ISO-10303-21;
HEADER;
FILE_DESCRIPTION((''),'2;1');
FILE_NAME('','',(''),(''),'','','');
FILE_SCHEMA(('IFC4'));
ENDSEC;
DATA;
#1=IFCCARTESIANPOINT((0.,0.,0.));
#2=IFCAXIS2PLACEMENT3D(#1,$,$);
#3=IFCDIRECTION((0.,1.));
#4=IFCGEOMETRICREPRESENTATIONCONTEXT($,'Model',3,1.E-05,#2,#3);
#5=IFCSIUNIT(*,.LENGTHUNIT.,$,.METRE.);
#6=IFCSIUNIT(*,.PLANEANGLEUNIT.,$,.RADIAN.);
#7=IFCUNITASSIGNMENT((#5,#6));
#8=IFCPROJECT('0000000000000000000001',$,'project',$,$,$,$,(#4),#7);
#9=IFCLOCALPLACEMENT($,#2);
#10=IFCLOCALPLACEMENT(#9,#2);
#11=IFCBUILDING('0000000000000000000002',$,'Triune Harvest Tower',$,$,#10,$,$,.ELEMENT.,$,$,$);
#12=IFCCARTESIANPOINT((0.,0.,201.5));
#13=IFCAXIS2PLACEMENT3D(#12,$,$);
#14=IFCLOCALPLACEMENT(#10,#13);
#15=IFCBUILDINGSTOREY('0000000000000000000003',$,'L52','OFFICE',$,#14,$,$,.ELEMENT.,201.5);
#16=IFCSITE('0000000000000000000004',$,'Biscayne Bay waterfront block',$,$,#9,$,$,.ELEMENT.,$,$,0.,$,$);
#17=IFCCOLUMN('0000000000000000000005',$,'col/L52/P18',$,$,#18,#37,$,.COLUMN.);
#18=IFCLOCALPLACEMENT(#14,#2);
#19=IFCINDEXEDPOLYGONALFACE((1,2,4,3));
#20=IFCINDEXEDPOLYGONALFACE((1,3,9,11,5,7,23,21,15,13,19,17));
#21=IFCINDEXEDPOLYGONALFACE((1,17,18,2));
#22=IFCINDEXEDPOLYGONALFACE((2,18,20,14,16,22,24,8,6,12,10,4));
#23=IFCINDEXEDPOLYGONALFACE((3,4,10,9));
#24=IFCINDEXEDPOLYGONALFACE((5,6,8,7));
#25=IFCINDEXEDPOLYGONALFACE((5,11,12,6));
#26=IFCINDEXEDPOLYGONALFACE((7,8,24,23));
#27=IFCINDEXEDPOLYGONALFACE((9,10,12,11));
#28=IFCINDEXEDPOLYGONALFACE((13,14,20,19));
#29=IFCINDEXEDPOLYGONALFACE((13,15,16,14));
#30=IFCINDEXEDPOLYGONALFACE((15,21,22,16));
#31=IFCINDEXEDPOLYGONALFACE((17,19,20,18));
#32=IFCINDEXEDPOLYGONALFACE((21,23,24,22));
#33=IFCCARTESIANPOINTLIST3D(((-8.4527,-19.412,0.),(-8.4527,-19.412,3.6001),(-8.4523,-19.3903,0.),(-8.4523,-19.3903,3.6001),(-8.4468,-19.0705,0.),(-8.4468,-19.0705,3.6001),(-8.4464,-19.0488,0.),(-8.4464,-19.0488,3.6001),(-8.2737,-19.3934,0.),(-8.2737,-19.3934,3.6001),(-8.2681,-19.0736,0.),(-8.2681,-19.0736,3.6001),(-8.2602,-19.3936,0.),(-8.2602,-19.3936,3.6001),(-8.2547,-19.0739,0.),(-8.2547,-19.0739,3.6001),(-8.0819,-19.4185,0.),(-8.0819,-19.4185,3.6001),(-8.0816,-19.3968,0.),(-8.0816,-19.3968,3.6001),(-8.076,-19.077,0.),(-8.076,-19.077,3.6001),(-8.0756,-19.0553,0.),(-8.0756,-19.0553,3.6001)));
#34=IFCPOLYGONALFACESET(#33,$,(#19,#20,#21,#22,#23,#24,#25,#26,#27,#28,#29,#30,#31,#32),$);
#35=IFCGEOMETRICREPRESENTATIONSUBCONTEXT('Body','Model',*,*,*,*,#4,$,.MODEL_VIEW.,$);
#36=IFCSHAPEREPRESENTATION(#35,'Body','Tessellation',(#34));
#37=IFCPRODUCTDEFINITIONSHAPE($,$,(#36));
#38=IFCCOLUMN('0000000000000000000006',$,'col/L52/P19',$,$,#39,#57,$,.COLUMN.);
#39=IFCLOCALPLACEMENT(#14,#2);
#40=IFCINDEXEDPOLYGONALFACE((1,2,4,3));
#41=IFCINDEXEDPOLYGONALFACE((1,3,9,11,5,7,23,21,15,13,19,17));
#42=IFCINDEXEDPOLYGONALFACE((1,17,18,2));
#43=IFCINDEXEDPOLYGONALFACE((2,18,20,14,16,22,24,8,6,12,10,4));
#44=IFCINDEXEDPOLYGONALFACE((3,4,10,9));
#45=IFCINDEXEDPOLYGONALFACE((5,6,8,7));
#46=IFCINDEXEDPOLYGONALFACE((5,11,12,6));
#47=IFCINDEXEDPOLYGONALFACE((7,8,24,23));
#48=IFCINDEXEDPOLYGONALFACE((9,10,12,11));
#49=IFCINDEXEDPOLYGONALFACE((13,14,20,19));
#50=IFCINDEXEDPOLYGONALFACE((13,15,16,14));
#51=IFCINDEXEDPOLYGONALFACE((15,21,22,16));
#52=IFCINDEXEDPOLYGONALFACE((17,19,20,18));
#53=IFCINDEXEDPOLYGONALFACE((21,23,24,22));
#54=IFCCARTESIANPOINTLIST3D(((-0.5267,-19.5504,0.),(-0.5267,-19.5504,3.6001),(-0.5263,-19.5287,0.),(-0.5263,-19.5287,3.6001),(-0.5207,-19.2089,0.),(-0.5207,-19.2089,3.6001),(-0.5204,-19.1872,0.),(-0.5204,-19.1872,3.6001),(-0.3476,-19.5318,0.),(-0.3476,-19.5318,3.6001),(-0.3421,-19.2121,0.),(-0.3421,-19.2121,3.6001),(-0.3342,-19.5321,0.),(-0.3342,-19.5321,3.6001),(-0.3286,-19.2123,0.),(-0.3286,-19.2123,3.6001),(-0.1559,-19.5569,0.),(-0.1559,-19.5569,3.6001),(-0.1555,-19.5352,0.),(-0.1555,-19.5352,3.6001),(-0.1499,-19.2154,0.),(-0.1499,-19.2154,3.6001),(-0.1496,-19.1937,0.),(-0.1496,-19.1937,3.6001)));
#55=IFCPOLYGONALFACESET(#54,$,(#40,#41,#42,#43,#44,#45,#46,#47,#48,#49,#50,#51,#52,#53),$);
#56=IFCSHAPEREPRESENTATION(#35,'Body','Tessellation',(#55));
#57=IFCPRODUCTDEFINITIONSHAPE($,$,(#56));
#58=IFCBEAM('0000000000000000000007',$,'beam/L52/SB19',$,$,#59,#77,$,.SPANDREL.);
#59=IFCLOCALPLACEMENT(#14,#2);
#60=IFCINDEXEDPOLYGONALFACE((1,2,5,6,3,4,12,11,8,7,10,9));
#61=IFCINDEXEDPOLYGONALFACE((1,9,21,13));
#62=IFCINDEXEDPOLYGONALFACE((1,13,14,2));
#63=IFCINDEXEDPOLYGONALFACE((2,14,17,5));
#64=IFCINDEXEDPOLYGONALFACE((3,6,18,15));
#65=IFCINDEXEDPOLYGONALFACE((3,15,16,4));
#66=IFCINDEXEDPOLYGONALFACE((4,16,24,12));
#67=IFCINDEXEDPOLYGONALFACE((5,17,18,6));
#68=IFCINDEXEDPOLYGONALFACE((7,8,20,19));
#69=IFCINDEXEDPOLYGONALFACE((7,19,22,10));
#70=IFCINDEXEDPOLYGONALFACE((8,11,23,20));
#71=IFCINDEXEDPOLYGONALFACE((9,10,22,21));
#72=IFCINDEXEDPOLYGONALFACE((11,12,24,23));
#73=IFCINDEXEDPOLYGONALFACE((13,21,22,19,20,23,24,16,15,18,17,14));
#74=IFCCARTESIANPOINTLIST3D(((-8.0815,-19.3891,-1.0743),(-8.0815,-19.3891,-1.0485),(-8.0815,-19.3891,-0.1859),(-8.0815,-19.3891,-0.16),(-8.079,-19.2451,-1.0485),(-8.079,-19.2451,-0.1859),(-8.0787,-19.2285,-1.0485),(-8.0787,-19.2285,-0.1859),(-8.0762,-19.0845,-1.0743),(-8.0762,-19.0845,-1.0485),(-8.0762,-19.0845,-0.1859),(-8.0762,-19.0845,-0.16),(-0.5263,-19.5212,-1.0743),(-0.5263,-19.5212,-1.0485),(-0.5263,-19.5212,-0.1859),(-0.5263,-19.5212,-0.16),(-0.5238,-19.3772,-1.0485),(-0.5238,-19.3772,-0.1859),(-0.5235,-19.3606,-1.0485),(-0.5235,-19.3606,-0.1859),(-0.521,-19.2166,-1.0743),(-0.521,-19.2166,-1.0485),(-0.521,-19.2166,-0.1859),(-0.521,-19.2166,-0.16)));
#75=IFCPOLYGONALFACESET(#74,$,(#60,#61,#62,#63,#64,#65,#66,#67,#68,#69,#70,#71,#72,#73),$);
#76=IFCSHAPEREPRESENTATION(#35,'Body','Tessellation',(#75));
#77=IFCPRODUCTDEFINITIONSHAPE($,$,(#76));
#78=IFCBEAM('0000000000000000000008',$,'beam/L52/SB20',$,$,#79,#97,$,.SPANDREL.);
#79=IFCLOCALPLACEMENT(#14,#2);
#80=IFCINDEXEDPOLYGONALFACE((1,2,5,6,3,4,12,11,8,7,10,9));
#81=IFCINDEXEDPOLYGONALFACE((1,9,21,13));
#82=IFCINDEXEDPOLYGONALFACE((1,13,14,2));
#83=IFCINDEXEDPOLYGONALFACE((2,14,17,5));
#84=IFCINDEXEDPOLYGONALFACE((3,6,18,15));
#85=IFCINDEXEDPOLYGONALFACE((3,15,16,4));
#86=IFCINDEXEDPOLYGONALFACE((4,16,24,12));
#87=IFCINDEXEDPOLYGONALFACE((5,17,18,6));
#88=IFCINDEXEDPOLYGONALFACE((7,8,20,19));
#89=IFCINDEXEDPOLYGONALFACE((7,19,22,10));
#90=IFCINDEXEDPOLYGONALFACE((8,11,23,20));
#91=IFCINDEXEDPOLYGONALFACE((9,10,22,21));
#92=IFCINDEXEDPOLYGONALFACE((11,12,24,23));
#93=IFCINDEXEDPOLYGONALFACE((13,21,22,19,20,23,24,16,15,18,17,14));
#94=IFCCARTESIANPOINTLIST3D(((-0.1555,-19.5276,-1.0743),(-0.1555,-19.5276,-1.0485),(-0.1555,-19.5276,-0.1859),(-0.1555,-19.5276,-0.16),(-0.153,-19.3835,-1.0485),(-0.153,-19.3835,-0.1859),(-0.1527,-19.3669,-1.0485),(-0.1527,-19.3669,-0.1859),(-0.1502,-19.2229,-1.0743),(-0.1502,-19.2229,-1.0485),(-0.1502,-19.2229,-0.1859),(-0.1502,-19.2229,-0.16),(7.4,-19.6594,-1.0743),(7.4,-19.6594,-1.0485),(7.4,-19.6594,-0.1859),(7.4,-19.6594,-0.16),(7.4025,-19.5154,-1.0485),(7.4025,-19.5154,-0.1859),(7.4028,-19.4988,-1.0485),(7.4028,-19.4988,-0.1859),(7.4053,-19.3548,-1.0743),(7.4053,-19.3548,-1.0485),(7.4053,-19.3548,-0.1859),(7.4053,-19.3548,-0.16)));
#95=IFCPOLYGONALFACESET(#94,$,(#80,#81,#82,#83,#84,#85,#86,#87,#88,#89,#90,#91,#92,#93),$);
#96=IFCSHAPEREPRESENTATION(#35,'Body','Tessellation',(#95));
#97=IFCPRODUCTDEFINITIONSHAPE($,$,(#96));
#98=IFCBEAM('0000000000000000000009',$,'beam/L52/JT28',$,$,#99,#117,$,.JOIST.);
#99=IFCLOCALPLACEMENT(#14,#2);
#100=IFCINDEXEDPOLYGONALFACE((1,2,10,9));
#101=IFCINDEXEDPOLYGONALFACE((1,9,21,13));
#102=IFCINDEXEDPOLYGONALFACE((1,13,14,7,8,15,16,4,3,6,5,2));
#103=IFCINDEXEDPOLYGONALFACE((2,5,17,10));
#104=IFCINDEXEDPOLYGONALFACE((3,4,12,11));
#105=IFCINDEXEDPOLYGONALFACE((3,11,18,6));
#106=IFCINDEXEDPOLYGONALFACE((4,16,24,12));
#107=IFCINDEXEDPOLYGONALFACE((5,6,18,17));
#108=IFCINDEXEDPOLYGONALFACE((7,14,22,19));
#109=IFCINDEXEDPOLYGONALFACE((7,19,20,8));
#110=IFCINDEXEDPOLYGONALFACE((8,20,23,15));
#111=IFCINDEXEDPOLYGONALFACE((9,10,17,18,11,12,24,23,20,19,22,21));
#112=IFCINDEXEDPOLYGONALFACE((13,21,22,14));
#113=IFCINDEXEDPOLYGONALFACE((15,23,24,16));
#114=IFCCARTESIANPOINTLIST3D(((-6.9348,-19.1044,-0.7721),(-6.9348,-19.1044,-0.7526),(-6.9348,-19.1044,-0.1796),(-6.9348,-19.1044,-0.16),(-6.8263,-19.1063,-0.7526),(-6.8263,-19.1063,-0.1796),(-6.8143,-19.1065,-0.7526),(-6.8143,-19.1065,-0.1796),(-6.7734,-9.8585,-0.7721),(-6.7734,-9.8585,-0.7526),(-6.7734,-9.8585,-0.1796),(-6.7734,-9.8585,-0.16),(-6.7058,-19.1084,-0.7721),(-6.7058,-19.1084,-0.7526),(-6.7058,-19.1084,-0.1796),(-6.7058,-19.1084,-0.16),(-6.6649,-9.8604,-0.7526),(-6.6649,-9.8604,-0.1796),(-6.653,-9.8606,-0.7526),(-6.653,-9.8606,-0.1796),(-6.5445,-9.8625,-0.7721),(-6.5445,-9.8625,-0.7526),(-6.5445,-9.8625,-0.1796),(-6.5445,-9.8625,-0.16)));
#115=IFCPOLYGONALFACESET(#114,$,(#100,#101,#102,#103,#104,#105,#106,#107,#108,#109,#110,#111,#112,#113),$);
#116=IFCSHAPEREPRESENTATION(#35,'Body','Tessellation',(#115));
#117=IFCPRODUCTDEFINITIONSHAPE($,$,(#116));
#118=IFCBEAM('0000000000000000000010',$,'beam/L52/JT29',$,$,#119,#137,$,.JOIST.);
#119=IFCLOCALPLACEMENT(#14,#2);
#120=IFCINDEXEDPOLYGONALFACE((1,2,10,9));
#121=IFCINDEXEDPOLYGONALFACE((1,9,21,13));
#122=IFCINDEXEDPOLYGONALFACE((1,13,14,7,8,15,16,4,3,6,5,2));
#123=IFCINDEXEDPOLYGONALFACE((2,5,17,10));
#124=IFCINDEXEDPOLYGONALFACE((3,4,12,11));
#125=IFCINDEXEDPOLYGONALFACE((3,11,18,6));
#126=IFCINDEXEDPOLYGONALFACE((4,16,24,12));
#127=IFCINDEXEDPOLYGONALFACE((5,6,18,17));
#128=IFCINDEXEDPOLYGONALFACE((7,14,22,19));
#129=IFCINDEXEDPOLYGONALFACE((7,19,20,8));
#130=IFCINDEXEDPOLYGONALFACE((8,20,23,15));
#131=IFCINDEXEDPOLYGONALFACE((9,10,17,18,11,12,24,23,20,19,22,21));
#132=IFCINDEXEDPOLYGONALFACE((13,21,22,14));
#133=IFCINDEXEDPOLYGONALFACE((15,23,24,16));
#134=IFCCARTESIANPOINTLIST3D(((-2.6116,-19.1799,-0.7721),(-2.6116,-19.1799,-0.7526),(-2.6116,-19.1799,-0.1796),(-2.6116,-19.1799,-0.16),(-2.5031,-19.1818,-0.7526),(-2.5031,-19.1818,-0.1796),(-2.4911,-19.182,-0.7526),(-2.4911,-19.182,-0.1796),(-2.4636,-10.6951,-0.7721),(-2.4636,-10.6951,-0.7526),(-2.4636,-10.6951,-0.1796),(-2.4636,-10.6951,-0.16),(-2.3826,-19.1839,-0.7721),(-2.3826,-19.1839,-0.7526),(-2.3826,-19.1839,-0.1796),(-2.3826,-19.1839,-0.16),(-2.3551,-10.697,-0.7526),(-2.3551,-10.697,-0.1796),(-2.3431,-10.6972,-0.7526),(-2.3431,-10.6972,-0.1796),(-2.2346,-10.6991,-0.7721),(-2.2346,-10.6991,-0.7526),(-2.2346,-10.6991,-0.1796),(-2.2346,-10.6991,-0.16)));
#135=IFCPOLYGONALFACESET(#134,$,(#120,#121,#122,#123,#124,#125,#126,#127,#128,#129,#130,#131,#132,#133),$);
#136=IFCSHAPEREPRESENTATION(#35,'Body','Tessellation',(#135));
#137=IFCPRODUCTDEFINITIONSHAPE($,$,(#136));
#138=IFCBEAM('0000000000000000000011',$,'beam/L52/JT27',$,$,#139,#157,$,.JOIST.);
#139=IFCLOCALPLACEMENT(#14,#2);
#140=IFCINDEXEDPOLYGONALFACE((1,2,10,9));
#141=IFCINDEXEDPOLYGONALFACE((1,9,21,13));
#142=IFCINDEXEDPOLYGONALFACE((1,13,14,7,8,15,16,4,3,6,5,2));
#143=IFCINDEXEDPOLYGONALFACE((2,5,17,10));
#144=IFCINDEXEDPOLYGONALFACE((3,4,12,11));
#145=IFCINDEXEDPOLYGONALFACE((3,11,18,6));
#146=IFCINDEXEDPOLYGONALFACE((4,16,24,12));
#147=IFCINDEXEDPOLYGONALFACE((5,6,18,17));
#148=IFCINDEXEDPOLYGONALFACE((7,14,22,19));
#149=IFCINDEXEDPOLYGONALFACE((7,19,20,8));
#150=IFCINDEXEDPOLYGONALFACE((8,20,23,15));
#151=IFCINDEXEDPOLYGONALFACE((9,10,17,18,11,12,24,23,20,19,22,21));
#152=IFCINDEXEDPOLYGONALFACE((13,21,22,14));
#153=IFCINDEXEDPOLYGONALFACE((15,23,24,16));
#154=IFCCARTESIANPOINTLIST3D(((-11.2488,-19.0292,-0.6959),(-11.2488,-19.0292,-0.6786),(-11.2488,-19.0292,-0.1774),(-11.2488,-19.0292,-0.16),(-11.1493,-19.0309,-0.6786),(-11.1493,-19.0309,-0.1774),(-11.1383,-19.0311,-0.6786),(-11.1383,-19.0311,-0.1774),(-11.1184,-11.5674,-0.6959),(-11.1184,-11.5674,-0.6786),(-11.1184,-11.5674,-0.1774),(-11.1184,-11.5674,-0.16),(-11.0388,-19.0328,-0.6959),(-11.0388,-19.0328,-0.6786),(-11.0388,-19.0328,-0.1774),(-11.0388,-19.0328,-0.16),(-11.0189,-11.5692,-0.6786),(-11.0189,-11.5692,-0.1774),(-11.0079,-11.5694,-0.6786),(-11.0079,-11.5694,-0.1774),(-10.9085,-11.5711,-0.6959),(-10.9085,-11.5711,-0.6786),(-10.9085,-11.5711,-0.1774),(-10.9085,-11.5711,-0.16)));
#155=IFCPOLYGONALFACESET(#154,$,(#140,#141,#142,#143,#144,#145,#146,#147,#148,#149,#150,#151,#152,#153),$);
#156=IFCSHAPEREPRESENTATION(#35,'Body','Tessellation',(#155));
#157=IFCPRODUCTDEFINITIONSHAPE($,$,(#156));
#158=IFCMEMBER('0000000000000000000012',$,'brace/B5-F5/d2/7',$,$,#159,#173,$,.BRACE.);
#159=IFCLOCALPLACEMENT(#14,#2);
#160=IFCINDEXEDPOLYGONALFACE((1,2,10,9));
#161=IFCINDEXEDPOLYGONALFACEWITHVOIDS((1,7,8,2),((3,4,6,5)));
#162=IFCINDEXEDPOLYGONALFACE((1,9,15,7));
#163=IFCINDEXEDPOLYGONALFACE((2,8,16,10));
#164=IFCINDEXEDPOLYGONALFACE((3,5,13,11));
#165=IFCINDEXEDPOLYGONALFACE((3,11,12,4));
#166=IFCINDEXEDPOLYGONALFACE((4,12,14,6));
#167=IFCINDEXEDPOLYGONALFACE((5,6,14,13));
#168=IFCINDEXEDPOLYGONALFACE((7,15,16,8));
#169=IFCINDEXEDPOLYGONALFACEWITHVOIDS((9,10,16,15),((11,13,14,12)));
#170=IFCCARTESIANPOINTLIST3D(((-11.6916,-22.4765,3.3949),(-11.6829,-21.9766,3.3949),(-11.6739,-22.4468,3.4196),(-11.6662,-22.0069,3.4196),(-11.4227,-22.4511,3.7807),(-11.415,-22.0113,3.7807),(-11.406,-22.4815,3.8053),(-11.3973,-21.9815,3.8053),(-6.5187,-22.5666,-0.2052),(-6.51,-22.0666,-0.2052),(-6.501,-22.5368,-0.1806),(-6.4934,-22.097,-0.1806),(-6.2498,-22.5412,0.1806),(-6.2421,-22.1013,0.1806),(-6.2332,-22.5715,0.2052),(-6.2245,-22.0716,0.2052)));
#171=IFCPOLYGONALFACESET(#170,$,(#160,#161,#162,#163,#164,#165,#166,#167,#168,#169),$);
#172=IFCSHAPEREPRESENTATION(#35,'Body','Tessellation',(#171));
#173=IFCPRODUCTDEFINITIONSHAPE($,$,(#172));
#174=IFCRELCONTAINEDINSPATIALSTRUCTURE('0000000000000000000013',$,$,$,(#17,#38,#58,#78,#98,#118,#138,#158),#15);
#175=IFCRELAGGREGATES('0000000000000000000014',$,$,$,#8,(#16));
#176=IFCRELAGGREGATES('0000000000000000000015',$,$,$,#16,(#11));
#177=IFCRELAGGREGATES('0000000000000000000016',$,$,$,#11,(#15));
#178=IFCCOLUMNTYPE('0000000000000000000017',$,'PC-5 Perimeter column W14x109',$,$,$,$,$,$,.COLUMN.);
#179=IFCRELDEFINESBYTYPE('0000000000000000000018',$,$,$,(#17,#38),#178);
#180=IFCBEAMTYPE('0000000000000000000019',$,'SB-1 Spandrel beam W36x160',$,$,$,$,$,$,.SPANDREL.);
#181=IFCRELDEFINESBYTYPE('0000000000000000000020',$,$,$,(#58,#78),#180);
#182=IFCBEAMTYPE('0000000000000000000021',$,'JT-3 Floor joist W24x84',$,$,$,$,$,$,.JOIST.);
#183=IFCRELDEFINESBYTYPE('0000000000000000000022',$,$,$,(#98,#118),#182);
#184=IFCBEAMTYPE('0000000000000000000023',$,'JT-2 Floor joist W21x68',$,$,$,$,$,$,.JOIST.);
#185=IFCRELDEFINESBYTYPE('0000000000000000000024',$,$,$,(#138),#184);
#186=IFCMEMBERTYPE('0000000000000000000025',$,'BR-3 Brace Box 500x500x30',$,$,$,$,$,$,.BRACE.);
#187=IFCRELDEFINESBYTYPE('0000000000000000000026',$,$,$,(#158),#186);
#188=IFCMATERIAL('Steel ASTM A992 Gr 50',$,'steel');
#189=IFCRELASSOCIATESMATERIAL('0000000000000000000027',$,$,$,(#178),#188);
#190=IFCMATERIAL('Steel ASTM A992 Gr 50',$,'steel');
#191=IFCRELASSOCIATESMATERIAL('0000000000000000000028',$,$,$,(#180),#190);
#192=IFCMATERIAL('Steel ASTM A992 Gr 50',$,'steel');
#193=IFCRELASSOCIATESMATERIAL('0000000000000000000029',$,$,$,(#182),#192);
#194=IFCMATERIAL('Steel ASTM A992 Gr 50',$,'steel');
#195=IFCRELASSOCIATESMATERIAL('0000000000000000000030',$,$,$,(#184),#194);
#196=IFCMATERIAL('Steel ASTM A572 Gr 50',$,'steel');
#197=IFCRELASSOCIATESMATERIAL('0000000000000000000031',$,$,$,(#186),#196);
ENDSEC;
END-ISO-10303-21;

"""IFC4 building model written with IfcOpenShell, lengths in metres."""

from ifc_helpers import new_model, si_unit, direction, frame, origin, origin_2d, place, context, subcontext, project, spatial, hollow_rectangle, i_section, extrude, source, transform, mapped, material, material_profile, profile_set, type_object, element, save


model = new_model("IFC4")

# Units and contexts
model_context = context("Model", 3, precision=1e-05, world=origin(), true_north=direction((0.0, 1.0)))
body_context = subcontext(model_context, "Body", "Model", "MODEL_VIEW")
ifc_project = project(units=[si_unit("LENGTHUNIT", "METRE"), si_unit("PLANEANGLEUNIT", "RADIAN")], contexts=[model_context])

# Site, building, storey
site_placement = place(None, origin())
site = spatial("IfcSite", under=ifc_project, at=site_placement, Name="Biscayne Bay waterfront block", CompositionType="ELEMENT", RefElevation=0.0)
building_placement = place(site_placement, origin())
building = spatial("IfcBuilding", under=site, at=building_placement, Name="Triune Harvest Tower", CompositionType="ELEMENT")
storey_placement = place(building_placement, frame((0.0, 0.0, 201.5)))
storey = spatial("IfcBuildingStorey", under=building, at=storey_placement, Name="L52", Description="OFFICE", CompositionType="ELEMENT", Elevation=201.5)

# Columns
ifc_material_1 = material(Name="Steel ASTM A992 Gr 50", Category="steel")
ifc_material_profile_1 = material_profile(ifc_material_1, i_section(OverallWidth=0.3708, OverallDepth=0.3633, WebThickness=0.0134, FlangeThickness=0.0217, at=origin_2d()), Name="W14x109")
ifc_profile_set_1 = profile_set([ifc_material_profile_1], Name="Steel ASTM A992 Gr 50")
column_type = type_object("IfcColumnType", Name="PC-5 Perimeter column W14x109", PredefinedType="COLUMN", material=ifc_profile_set_1)
shared_shape_1 = source(origin(), body_context, "Body", "SweptSolid", [
    extrude(i_section(OverallWidth=0.3708, OverallDepth=0.3633, WebThickness=0.0134, FlangeThickness=0.0217, at=origin_2d()), origin(), (0.0, 0.0, 1.0), 3.6001),
])
for number, where, z_axis, x_axis, name in (
    (1, (-8.2642, -19.2336, 0.0), (0.0, 0.0, 1.0), (0.999848, -0.017452, 0.0), "col/L52/P18"),
    (2, (-0.3381, -19.3721, 0.0), (0.0, 0.0, 1.0), (0.999848, -0.017452, 0.0), "col/L52/P19"),
):
    element("IfcColumn", number, at=place(storey_placement, frame(where, z_axis=z_axis, x_axis=x_axis)), inside=storey, type_object=column_type, Name=name, PredefinedType="COLUMN", context=body_context, shape_type="MappedRepresentation", body=[
        mapped(shared_shape_1, transform((0.0, 0.0, 0.0), scale=1.0)),
    ])

# Beams
ifc_material_2 = material(Name="Steel ASTM A992 Gr 50", Category="steel")
ifc_material_profile_2 = material_profile(ifc_material_2, i_section(OverallWidth=0.3047, OverallDepth=0.9143, WebThickness=0.0166, FlangeThickness=0.0259, at=origin_2d()), Name="W36x160")
ifc_profile_set_2 = profile_set([ifc_material_profile_2], Name="Steel ASTM A992 Gr 50")
beam_type_1 = type_object("IfcBeamType", Name="SB-1 Spandrel beam W36x160", PredefinedType="SPANDREL", material=ifc_profile_set_2)
shared_shape_2 = source(origin(), body_context, "Body", "SweptSolid", [
    extrude(i_section(OverallWidth=0.3047, OverallDepth=0.9143, WebThickness=0.0166, FlangeThickness=0.0259, at=origin_2d()), origin(), (0.0, 0.0, 1.0), 7.5564),
])
beam_1_placement = place(storey_placement, frame((-8.0789, -19.2368, -0.6172), z_axis=(0.999847, -0.017479, 0.0), x_axis=(0.017479, 0.999847, 0.0)))
element("IfcBeam", 3, at=beam_1_placement, inside=storey, type_object=beam_type_1, Name="beam/L52/SB19", PredefinedType="SPANDREL", context=body_context, shape_type="MappedRepresentation", body=[
    mapped(shared_shape_2, transform((0.0, 0.0, 0.0), scale=1.0)),
])
shared_shape_3 = source(origin(), body_context, "Body", "SweptSolid", [
    extrude(i_section(OverallWidth=0.3047, OverallDepth=0.9143, WebThickness=0.0166, FlangeThickness=0.0259, at=origin_2d()), origin(), (0.0, 0.0, 1.0), 7.5566),
])
beam_2_placement = place(storey_placement, frame((-0.1528, -19.3752, -0.6172), z_axis=(0.999848, -0.017447, 0.0), x_axis=(0.017447, 0.999848, 0.0)))
element("IfcBeam", 4, at=beam_2_placement, inside=storey, type_object=beam_type_1, Name="beam/L52/SB20", PredefinedType="SPANDREL", context=body_context, shape_type="MappedRepresentation", body=[
    mapped(shared_shape_3, transform((0.0, 0.0, 0.0), scale=1.0)),
])
ifc_material_3 = material(Name="Steel ASTM A992 Gr 50", Category="steel")
ifc_material_profile_3 = material_profile(ifc_material_3, i_section(OverallWidth=0.229, OverallDepth=0.6121, WebThickness=0.012, FlangeThickness=0.0195, at=origin_2d()), Name="W24x84")
ifc_profile_set_3 = profile_set([ifc_material_profile_3], Name="Steel ASTM A992 Gr 50")
beam_type_2 = type_object("IfcBeamType", Name="JT-3 Floor joist W24x84", PredefinedType="JOIST", material=ifc_profile_set_3)
shared_shape_4 = source(origin(), body_context, "Body", "SweptSolid", [
    extrude(i_section(OverallWidth=0.229, OverallDepth=0.6121, WebThickness=0.012, FlangeThickness=0.0195, at=origin_2d()), origin(), (0.0, 0.0, 1.0), 9.2473),
])
beam_3_placement = place(storey_placement, frame((-6.8203, -19.1064, -0.4661), z_axis=(0.017451, 0.999848, 0.0), x_axis=(-0.999848, 0.017451, 0.0)))
element("IfcBeam", 5, at=beam_3_placement, inside=storey, type_object=beam_type_2, Name="beam/L52/JT28", PredefinedType="JOIST", context=body_context, shape_type="MappedRepresentation", body=[
    mapped(shared_shape_4, transform((0.0, 0.0, 0.0), scale=1.0)),
])
shared_shape_5 = source(origin(), body_context, "Body", "SweptSolid", [
    extrude(i_section(OverallWidth=0.229, OverallDepth=0.6121, WebThickness=0.012, FlangeThickness=0.0195, at=origin_2d()), origin(), (0.0, 0.0, 1.0), 8.4861),
])
beam_4_placement = place(storey_placement, frame((-2.4971, -19.1819, -0.4661), z_axis=(0.017434, 0.999848, 0.0), x_axis=(-0.999848, 0.017434, 0.0)))
element("IfcBeam", 6, at=beam_4_placement, inside=storey, type_object=beam_type_2, Name="beam/L52/JT29", PredefinedType="JOIST", context=body_context, shape_type="MappedRepresentation", body=[
    mapped(shared_shape_5, transform((0.0, 0.0, 0.0), scale=1.0)),
])
ifc_material_4 = material(Name="Steel ASTM A992 Gr 50", Category="steel")
ifc_material_profile_4 = material_profile(ifc_material_4, i_section(OverallWidth=0.21, OverallDepth=0.5359, WebThickness=0.011, FlangeThickness=0.0173, at=origin_2d()), Name="W21x68")
ifc_profile_set_4 = profile_set([ifc_material_profile_4], Name="Steel ASTM A992 Gr 50")
beam_type_3 = type_object("IfcBeamType", Name="JT-2 Floor joist W21x68", PredefinedType="JOIST", material=ifc_profile_set_4)
shared_shape_6 = source(origin(), body_context, "Body", "SweptSolid", [
    extrude(i_section(OverallWidth=0.21, OverallDepth=0.5359, WebThickness=0.011, FlangeThickness=0.0173, at=origin_2d()), origin(), (0.0, 0.0, 1.0), 7.4629),
])
beam_5_placement = place(storey_placement, frame((-11.1438, -19.031, -0.428), z_axis=(0.017469, 0.999847, 0.0), x_axis=(-0.999847, 0.017469, 0.0)))
element("IfcBeam", 7, at=beam_5_placement, inside=storey, type_object=beam_type_3, Name="beam/L52/JT27", PredefinedType="JOIST", context=body_context, shape_type="MappedRepresentation", body=[
    mapped(shared_shape_6, transform((0.0, 0.0, 0.0), scale=1.0)),
])

# Member
ifc_material_5 = material(Name="Steel ASTM A572 Gr 50", Category="steel")
ifc_material_profile_5 = material_profile(ifc_material_5, hollow_rectangle(XDim=0.5, YDim=0.5, WallThickness=0.03, at=origin_2d()), Name="Box 500x500x30")
ifc_profile_set_5 = profile_set([ifc_material_profile_5], Name="Steel ASTM A572 Gr 50")
member_type_1 = type_object("IfcMemberType", Name="BR-3 Brace Box 500x500x30", PredefinedType="BRACE", material=ifc_profile_set_5)
shared_shape_7 = source(origin(), body_context, "Body", "SweptSolid", [
    extrude(hollow_rectangle(XDim=0.5, YDim=0.5, WallThickness=0.03, at=origin_2d()), origin(), (0.0, 0.0, 1.0), 6.303),
])
member_1_placement = place(storey_placement, frame((-6.3716, -22.3191, 0.0), z_axis=(-0.820703, 0.014293, 0.571176), x_axis=(-0.017413, -0.999848, 0.0)))
element("IfcMember", 8, at=member_1_placement, inside=storey, type_object=member_type_1, Name="brace/B5-F5/d2/7", PredefinedType="BRACE", context=body_context, shape_type="MappedRepresentation", body=[
    mapped(shared_shape_7, transform((0.0, 0.0, 0.0), scale=1.0)),
])

save(model, "model.ifc")
